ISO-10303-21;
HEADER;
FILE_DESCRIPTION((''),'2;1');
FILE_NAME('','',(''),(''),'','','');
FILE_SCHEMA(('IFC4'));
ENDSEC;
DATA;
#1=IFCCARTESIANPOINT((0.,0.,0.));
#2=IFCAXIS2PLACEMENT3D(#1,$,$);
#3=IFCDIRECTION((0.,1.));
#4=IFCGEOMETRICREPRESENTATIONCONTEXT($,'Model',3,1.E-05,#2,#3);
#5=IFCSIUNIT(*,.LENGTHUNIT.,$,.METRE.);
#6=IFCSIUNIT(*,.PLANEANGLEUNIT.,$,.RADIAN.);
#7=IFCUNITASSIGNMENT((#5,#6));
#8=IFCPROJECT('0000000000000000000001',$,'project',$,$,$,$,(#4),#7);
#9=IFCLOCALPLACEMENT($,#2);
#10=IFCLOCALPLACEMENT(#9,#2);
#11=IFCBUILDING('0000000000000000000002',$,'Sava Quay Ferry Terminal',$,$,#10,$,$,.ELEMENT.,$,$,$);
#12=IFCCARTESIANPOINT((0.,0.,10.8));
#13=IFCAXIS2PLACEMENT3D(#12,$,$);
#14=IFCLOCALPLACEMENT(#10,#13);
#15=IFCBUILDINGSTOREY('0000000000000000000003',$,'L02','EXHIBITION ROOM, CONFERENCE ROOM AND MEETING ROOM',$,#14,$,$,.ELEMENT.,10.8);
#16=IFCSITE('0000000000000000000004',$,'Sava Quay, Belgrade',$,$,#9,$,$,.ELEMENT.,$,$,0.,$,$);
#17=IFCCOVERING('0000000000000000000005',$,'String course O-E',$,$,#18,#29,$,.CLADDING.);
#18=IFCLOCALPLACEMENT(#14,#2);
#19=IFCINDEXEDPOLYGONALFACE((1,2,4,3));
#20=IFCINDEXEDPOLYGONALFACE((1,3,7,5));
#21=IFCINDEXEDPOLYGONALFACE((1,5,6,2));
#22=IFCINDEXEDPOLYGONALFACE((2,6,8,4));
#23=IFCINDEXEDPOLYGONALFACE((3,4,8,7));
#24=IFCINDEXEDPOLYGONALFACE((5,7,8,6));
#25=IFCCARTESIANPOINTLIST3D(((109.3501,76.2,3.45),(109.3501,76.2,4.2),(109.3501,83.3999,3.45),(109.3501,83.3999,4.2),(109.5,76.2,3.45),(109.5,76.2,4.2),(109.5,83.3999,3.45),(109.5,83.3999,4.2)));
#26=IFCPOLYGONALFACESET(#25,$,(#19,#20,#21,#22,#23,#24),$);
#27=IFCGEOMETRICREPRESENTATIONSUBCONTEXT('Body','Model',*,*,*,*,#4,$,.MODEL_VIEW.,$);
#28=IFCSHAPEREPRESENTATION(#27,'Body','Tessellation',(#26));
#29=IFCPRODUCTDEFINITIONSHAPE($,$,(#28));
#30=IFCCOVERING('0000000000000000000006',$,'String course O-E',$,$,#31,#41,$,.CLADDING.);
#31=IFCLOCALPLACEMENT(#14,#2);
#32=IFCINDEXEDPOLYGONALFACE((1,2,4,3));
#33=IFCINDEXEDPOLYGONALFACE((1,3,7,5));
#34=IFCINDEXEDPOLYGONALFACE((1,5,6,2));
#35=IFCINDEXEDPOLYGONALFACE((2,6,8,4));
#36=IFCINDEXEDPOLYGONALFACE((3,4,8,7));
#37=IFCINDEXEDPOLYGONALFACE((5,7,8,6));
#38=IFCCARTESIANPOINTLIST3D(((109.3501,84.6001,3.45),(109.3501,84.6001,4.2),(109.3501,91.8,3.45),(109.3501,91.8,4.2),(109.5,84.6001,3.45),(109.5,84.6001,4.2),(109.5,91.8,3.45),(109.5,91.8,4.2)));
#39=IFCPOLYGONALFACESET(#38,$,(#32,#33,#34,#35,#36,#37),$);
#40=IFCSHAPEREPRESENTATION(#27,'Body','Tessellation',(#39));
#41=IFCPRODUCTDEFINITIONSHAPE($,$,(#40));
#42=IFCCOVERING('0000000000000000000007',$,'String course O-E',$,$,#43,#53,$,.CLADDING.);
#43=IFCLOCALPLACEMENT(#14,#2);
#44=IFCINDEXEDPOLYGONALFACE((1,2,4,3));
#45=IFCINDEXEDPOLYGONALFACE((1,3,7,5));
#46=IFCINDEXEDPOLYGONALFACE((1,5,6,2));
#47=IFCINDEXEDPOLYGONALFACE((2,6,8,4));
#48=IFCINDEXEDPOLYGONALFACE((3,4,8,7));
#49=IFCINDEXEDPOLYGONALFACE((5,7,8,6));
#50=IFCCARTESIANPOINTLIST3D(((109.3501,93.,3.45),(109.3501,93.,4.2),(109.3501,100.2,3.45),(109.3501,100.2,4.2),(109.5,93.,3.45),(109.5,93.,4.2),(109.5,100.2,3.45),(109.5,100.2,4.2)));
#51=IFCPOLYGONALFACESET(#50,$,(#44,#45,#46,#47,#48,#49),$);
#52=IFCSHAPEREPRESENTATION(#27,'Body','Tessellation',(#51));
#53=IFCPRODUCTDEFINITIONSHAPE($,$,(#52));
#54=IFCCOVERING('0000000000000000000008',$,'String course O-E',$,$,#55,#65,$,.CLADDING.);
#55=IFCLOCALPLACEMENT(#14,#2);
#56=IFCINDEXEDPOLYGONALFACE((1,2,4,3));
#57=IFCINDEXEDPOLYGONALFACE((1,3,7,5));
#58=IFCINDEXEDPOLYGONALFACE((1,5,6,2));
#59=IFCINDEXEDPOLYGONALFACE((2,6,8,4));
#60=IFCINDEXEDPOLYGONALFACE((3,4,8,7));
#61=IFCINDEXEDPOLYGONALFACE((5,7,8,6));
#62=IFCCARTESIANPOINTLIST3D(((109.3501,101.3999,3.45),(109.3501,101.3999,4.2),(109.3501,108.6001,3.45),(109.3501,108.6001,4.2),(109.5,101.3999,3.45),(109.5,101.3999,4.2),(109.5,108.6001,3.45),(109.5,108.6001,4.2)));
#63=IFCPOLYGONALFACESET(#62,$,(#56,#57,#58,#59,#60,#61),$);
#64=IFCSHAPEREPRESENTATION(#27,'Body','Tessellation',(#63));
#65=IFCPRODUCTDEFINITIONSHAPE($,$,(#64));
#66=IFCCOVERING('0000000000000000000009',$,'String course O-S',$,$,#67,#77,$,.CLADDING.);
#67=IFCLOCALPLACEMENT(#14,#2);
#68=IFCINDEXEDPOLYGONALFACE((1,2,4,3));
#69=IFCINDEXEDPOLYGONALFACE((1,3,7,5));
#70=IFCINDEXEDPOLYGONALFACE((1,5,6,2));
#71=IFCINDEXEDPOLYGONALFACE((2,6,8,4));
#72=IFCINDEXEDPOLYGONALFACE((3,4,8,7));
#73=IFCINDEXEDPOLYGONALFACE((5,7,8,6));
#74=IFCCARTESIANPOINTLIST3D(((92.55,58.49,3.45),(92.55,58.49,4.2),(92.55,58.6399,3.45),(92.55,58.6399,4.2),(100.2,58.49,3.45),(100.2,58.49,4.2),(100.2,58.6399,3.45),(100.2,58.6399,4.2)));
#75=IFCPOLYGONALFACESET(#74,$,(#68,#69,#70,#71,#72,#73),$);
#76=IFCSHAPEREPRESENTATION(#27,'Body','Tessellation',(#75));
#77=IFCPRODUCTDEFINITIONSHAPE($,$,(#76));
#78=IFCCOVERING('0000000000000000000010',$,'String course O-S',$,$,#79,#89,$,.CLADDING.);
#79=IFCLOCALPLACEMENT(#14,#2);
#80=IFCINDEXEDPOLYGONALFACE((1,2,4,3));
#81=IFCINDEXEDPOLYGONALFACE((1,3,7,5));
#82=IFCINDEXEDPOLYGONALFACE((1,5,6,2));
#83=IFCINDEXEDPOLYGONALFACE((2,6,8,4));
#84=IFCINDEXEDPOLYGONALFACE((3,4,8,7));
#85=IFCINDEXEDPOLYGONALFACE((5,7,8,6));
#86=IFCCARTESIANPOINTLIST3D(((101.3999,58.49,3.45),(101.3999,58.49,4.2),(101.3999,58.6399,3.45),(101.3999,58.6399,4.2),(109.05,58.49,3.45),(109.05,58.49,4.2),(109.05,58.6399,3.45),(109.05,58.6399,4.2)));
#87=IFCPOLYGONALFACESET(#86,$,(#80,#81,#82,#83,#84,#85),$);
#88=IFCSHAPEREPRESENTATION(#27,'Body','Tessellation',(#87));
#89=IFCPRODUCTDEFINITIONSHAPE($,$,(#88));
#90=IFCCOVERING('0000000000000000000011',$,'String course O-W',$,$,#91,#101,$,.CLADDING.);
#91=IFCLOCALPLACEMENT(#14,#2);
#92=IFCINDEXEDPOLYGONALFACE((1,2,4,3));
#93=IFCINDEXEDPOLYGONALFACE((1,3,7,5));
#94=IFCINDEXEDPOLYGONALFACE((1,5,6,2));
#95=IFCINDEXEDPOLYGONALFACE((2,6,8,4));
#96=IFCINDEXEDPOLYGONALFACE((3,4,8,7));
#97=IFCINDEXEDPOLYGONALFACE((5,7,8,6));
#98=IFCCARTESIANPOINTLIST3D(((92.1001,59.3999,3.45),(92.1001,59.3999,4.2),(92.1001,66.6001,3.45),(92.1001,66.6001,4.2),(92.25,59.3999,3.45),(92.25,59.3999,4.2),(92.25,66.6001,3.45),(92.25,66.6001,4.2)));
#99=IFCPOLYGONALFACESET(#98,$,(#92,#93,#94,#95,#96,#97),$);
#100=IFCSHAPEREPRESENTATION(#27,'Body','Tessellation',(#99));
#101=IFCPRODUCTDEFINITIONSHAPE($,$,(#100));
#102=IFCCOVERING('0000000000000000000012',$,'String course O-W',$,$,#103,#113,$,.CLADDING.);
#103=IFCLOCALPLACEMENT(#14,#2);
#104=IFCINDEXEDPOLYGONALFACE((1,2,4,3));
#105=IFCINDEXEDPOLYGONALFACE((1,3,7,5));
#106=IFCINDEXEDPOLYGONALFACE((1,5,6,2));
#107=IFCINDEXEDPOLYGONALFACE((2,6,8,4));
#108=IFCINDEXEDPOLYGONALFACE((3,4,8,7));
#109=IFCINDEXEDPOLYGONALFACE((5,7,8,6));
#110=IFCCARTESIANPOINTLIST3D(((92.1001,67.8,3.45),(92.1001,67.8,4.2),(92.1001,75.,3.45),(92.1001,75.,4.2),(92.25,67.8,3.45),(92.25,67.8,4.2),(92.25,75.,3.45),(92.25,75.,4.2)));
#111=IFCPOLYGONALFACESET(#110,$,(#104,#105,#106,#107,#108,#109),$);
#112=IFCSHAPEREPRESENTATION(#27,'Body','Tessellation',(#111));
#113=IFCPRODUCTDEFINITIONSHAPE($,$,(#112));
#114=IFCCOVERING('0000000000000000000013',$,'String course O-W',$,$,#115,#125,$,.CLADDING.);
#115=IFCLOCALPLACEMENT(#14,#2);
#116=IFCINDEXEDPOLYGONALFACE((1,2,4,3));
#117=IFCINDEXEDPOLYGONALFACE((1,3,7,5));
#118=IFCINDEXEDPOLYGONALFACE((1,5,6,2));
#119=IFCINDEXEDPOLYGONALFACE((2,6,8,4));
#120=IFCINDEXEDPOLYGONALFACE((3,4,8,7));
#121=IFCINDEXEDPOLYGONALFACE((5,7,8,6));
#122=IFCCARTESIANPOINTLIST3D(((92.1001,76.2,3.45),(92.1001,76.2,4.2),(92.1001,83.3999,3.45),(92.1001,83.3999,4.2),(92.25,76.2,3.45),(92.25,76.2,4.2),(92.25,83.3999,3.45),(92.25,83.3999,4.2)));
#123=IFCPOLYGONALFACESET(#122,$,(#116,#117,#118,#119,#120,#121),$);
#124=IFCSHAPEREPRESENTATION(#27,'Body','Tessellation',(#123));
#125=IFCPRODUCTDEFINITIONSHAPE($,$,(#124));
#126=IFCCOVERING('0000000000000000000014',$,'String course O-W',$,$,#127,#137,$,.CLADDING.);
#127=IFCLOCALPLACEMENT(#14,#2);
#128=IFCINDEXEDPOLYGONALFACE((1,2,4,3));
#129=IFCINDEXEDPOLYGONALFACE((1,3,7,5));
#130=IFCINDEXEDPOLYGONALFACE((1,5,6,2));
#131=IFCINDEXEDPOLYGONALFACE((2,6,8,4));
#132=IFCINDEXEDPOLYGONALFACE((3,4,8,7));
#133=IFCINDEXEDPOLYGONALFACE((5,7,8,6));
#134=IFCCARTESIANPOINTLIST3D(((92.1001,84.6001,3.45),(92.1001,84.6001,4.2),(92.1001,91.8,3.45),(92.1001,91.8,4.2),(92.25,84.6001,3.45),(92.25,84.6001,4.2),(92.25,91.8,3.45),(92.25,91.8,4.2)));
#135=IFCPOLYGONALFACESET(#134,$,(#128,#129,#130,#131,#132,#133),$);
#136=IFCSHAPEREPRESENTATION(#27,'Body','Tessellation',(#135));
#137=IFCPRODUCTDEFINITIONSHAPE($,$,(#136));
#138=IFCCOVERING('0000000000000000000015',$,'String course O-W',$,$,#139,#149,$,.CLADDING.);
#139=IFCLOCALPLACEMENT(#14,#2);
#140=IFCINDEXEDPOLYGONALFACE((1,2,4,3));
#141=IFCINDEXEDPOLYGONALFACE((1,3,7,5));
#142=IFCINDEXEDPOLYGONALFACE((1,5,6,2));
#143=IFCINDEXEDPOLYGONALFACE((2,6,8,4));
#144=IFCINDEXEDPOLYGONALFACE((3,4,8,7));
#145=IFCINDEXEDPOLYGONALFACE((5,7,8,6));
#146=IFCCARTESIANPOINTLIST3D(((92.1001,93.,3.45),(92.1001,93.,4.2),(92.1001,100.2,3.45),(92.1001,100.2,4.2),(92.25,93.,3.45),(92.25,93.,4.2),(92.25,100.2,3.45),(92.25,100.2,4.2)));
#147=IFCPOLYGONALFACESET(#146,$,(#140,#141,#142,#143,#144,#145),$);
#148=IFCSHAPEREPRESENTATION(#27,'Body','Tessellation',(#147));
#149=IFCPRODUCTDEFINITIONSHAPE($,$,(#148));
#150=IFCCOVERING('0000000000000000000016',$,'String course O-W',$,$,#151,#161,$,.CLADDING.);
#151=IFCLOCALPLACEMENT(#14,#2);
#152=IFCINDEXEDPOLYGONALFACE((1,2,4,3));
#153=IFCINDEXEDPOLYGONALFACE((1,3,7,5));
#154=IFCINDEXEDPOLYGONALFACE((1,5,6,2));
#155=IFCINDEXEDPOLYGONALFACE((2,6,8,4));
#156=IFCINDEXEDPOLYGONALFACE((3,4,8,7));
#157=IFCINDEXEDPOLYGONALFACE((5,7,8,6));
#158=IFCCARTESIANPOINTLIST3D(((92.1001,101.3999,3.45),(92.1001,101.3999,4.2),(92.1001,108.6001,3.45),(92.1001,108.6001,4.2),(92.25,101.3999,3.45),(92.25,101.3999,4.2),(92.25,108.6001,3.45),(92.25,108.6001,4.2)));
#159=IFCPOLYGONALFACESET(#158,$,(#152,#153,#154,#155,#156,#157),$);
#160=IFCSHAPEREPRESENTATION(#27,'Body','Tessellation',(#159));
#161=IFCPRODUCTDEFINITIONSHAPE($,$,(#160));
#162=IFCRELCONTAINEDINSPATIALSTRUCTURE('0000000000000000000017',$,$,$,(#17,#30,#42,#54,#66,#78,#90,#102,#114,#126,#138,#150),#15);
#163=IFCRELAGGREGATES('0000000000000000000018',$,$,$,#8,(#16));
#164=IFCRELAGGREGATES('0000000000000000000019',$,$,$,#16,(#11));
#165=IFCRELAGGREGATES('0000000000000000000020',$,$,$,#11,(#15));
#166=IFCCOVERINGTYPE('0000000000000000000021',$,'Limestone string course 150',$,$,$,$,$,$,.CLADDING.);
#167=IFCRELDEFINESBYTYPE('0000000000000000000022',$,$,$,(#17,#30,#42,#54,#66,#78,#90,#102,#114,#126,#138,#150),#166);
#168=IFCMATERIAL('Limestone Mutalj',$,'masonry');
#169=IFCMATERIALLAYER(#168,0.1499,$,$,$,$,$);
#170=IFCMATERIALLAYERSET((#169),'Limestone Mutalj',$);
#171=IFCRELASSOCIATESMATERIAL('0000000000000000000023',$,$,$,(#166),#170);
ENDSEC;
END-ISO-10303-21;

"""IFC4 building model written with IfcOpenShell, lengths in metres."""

from ifc_helpers import new_model, si_unit, direction, frame, origin, place, context, subcontext, project, spatial, polyline, outline, extrude, material, layer, layer_set, type_object, element, save


model = new_model("IFC4")

# Units and contexts
model_context = context("Model", 3, precision=1e-05, world=origin(), true_north=direction((0.0, 1.0)))
body_context = subcontext(model_context, "Body", "Model", "MODEL_VIEW")
ifc_project = project(units=[si_unit("LENGTHUNIT", "METRE"), si_unit("PLANEANGLEUNIT", "RADIAN")], contexts=[model_context])

# Site, building, storey
site_placement = place(None, origin())
site = spatial("IfcSite", under=ifc_project, at=site_placement, Name="Sava Quay, Belgrade", CompositionType="ELEMENT", RefElevation=0.0)
building_placement = place(site_placement, origin())
building = spatial("IfcBuilding", under=site, at=building_placement, Name="Sava Quay Ferry Terminal", CompositionType="ELEMENT")
storey_placement = place(building_placement, frame((0.0, 0.0, 10.8)))
storey = spatial("IfcBuildingStorey", under=building, at=storey_placement, Name="L02", Description="EXHIBITION ROOM, CONFERENCE ROOM AND MEETING ROOM", CompositionType="ELEMENT", Elevation=10.8)

# Coverings
ifc_material_1 = material(Name="Limestone Mutalj", Category="masonry")
ifc_layer_1 = layer(ifc_material_1, 0.1499)
ifc_layer_set_1 = layer_set([ifc_layer_1], Name="Limestone Mutalj")
covering_type_1 = type_object("IfcCoveringType", Name="Limestone string course 150", PredefinedType="CLADDING", material=ifc_layer_set_1)
covering_1_placement = place(storey_placement, frame((0.0, 0.0, 3.45)))
element("IfcCovering", 1, at=covering_1_placement, inside=storey, type_object=covering_type_1, Name="String course O-E", PredefinedType="CLADDING", context=body_context, shape_type="SweptSolid", body=[
    extrude(outline(polyline([(109.3501, 76.2), (109.3501, 83.3999), (109.5, 83.3999), (109.5, 76.2), (109.3501, 76.2)])), origin(), (0.0, 0.0, 1.0), 0.75),
])
covering_2_placement = place(storey_placement, frame((0.0, 0.0, 3.45)))
element("IfcCovering", 2, at=covering_2_placement, inside=storey, type_object=covering_type_1, Name="String course O-E", PredefinedType="CLADDING", context=body_context, shape_type="SweptSolid", body=[
    extrude(outline(polyline([(109.3501, 84.6001), (109.3501, 91.8), (109.5, 91.8), (109.5, 84.6001), (109.3501, 84.6001)])), origin(), (0.0, 0.0, 1.0), 0.75),
])
covering_3_placement = place(storey_placement, frame((0.0, 0.0, 3.45)))
element("IfcCovering", 3, at=covering_3_placement, inside=storey, type_object=covering_type_1, Name="String course O-E", PredefinedType="CLADDING", context=body_context, shape_type="SweptSolid", body=[
    extrude(outline(polyline([(109.3501, 93.0), (109.3501, 100.2), (109.5, 100.2), (109.5, 93.0), (109.3501, 93.0)])), origin(), (0.0, 0.0, 1.0), 0.75),
])
covering_4_placement = place(storey_placement, frame((0.0, 0.0, 3.45)))
element("IfcCovering", 4, at=covering_4_placement, inside=storey, type_object=covering_type_1, Name="String course O-E", PredefinedType="CLADDING", context=body_context, shape_type="SweptSolid", body=[
    extrude(outline(polyline([(109.3501, 101.3999), (109.3501, 108.6001), (109.5, 108.6001), (109.5, 101.3999), (109.3501, 101.3999)])), origin(), (0.0, 0.0, 1.0), 0.75),
])
covering_5_placement = place(storey_placement, frame((0.0, 0.0, 3.45)))
element("IfcCovering", 5, at=covering_5_placement, inside=storey, type_object=covering_type_1, Name="String course O-S", PredefinedType="CLADDING", context=body_context, shape_type="SweptSolid", body=[
    extrude(outline(polyline([(92.55, 58.6399), (100.2, 58.6399), (100.2, 58.49), (92.55, 58.49), (92.55, 58.6399)])), origin(), (0.0, 0.0, 1.0), 0.75),
])
covering_6_placement = place(storey_placement, frame((0.0, 0.0, 3.45)))
element("IfcCovering", 6, at=covering_6_placement, inside=storey, type_object=covering_type_1, Name="String course O-S", PredefinedType="CLADDING", context=body_context, shape_type="SweptSolid", body=[
    extrude(outline(polyline([(101.3999, 58.6399), (109.05, 58.6399), (109.05, 58.49), (101.3999, 58.49), (101.3999, 58.6399)])), origin(), (0.0, 0.0, 1.0), 0.75),
])
covering_7_placement = place(storey_placement, frame((0.0, 0.0, 3.45)))
element("IfcCovering", 7, at=covering_7_placement, inside=storey, type_object=covering_type_1, Name="String course O-W", PredefinedType="CLADDING", context=body_context, shape_type="SweptSolid", body=[
    extrude(outline(polyline([(92.25, 59.3999), (92.25, 66.6001), (92.1001, 66.6001), (92.1001, 59.3999), (92.25, 59.3999)])), origin(), (0.0, 0.0, 1.0), 0.75),
])
covering_8_placement = place(storey_placement, frame((0.0, 0.0, 3.45)))
element("IfcCovering", 8, at=covering_8_placement, inside=storey, type_object=covering_type_1, Name="String course O-W", PredefinedType="CLADDING", context=body_context, shape_type="SweptSolid", body=[
    extrude(outline(polyline([(92.25, 67.8), (92.25, 75.0), (92.1001, 75.0), (92.1001, 67.8), (92.25, 67.8)])), origin(), (0.0, 0.0, 1.0), 0.75),
])
covering_9_placement = place(storey_placement, frame((0.0, 0.0, 3.45)))
element("IfcCovering", 9, at=covering_9_placement, inside=storey, type_object=covering_type_1, Name="String course O-W", PredefinedType="CLADDING", context=body_context, shape_type="SweptSolid", body=[
    extrude(outline(polyline([(92.25, 76.2), (92.25, 83.3999), (92.1001, 83.3999), (92.1001, 76.2), (92.25, 76.2)])), origin(), (0.0, 0.0, 1.0), 0.75),
])
covering_10_placement = place(storey_placement, frame((0.0, 0.0, 3.45)))
element("IfcCovering", 10, at=covering_10_placement, inside=storey, type_object=covering_type_1, Name="String course O-W", PredefinedType="CLADDING", context=body_context, shape_type="SweptSolid", body=[
    extrude(outline(polyline([(92.25, 84.6001), (92.25, 91.8), (92.1001, 91.8), (92.1001, 84.6001), (92.25, 84.6001)])), origin(), (0.0, 0.0, 1.0), 0.75),
])
covering_11_placement = place(storey_placement, frame((0.0, 0.0, 3.45)))
element("IfcCovering", 11, at=covering_11_placement, inside=storey, type_object=covering_type_1, Name="String course O-W", PredefinedType="CLADDING", context=body_context, shape_type="SweptSolid", body=[
    extrude(outline(polyline([(92.25, 93.0), (92.25, 100.2), (92.1001, 100.2), (92.1001, 93.0), (92.25, 93.0)])), origin(), (0.0, 0.0, 1.0), 0.75),
])
covering_12_placement = place(storey_placement, frame((0.0, 0.0, 3.45)))
element("IfcCovering", 12, at=covering_12_placement, inside=storey, type_object=covering_type_1, Name="String course O-W", PredefinedType="CLADDING", context=body_context, shape_type="SweptSolid", body=[
    extrude(outline(polyline([(92.25, 101.3999), (92.25, 108.6001), (92.1001, 108.6001), (92.1001, 101.3999), (92.25, 101.3999)])), origin(), (0.0, 0.0, 1.0), 0.75),
])

save(model, "model.ifc")
